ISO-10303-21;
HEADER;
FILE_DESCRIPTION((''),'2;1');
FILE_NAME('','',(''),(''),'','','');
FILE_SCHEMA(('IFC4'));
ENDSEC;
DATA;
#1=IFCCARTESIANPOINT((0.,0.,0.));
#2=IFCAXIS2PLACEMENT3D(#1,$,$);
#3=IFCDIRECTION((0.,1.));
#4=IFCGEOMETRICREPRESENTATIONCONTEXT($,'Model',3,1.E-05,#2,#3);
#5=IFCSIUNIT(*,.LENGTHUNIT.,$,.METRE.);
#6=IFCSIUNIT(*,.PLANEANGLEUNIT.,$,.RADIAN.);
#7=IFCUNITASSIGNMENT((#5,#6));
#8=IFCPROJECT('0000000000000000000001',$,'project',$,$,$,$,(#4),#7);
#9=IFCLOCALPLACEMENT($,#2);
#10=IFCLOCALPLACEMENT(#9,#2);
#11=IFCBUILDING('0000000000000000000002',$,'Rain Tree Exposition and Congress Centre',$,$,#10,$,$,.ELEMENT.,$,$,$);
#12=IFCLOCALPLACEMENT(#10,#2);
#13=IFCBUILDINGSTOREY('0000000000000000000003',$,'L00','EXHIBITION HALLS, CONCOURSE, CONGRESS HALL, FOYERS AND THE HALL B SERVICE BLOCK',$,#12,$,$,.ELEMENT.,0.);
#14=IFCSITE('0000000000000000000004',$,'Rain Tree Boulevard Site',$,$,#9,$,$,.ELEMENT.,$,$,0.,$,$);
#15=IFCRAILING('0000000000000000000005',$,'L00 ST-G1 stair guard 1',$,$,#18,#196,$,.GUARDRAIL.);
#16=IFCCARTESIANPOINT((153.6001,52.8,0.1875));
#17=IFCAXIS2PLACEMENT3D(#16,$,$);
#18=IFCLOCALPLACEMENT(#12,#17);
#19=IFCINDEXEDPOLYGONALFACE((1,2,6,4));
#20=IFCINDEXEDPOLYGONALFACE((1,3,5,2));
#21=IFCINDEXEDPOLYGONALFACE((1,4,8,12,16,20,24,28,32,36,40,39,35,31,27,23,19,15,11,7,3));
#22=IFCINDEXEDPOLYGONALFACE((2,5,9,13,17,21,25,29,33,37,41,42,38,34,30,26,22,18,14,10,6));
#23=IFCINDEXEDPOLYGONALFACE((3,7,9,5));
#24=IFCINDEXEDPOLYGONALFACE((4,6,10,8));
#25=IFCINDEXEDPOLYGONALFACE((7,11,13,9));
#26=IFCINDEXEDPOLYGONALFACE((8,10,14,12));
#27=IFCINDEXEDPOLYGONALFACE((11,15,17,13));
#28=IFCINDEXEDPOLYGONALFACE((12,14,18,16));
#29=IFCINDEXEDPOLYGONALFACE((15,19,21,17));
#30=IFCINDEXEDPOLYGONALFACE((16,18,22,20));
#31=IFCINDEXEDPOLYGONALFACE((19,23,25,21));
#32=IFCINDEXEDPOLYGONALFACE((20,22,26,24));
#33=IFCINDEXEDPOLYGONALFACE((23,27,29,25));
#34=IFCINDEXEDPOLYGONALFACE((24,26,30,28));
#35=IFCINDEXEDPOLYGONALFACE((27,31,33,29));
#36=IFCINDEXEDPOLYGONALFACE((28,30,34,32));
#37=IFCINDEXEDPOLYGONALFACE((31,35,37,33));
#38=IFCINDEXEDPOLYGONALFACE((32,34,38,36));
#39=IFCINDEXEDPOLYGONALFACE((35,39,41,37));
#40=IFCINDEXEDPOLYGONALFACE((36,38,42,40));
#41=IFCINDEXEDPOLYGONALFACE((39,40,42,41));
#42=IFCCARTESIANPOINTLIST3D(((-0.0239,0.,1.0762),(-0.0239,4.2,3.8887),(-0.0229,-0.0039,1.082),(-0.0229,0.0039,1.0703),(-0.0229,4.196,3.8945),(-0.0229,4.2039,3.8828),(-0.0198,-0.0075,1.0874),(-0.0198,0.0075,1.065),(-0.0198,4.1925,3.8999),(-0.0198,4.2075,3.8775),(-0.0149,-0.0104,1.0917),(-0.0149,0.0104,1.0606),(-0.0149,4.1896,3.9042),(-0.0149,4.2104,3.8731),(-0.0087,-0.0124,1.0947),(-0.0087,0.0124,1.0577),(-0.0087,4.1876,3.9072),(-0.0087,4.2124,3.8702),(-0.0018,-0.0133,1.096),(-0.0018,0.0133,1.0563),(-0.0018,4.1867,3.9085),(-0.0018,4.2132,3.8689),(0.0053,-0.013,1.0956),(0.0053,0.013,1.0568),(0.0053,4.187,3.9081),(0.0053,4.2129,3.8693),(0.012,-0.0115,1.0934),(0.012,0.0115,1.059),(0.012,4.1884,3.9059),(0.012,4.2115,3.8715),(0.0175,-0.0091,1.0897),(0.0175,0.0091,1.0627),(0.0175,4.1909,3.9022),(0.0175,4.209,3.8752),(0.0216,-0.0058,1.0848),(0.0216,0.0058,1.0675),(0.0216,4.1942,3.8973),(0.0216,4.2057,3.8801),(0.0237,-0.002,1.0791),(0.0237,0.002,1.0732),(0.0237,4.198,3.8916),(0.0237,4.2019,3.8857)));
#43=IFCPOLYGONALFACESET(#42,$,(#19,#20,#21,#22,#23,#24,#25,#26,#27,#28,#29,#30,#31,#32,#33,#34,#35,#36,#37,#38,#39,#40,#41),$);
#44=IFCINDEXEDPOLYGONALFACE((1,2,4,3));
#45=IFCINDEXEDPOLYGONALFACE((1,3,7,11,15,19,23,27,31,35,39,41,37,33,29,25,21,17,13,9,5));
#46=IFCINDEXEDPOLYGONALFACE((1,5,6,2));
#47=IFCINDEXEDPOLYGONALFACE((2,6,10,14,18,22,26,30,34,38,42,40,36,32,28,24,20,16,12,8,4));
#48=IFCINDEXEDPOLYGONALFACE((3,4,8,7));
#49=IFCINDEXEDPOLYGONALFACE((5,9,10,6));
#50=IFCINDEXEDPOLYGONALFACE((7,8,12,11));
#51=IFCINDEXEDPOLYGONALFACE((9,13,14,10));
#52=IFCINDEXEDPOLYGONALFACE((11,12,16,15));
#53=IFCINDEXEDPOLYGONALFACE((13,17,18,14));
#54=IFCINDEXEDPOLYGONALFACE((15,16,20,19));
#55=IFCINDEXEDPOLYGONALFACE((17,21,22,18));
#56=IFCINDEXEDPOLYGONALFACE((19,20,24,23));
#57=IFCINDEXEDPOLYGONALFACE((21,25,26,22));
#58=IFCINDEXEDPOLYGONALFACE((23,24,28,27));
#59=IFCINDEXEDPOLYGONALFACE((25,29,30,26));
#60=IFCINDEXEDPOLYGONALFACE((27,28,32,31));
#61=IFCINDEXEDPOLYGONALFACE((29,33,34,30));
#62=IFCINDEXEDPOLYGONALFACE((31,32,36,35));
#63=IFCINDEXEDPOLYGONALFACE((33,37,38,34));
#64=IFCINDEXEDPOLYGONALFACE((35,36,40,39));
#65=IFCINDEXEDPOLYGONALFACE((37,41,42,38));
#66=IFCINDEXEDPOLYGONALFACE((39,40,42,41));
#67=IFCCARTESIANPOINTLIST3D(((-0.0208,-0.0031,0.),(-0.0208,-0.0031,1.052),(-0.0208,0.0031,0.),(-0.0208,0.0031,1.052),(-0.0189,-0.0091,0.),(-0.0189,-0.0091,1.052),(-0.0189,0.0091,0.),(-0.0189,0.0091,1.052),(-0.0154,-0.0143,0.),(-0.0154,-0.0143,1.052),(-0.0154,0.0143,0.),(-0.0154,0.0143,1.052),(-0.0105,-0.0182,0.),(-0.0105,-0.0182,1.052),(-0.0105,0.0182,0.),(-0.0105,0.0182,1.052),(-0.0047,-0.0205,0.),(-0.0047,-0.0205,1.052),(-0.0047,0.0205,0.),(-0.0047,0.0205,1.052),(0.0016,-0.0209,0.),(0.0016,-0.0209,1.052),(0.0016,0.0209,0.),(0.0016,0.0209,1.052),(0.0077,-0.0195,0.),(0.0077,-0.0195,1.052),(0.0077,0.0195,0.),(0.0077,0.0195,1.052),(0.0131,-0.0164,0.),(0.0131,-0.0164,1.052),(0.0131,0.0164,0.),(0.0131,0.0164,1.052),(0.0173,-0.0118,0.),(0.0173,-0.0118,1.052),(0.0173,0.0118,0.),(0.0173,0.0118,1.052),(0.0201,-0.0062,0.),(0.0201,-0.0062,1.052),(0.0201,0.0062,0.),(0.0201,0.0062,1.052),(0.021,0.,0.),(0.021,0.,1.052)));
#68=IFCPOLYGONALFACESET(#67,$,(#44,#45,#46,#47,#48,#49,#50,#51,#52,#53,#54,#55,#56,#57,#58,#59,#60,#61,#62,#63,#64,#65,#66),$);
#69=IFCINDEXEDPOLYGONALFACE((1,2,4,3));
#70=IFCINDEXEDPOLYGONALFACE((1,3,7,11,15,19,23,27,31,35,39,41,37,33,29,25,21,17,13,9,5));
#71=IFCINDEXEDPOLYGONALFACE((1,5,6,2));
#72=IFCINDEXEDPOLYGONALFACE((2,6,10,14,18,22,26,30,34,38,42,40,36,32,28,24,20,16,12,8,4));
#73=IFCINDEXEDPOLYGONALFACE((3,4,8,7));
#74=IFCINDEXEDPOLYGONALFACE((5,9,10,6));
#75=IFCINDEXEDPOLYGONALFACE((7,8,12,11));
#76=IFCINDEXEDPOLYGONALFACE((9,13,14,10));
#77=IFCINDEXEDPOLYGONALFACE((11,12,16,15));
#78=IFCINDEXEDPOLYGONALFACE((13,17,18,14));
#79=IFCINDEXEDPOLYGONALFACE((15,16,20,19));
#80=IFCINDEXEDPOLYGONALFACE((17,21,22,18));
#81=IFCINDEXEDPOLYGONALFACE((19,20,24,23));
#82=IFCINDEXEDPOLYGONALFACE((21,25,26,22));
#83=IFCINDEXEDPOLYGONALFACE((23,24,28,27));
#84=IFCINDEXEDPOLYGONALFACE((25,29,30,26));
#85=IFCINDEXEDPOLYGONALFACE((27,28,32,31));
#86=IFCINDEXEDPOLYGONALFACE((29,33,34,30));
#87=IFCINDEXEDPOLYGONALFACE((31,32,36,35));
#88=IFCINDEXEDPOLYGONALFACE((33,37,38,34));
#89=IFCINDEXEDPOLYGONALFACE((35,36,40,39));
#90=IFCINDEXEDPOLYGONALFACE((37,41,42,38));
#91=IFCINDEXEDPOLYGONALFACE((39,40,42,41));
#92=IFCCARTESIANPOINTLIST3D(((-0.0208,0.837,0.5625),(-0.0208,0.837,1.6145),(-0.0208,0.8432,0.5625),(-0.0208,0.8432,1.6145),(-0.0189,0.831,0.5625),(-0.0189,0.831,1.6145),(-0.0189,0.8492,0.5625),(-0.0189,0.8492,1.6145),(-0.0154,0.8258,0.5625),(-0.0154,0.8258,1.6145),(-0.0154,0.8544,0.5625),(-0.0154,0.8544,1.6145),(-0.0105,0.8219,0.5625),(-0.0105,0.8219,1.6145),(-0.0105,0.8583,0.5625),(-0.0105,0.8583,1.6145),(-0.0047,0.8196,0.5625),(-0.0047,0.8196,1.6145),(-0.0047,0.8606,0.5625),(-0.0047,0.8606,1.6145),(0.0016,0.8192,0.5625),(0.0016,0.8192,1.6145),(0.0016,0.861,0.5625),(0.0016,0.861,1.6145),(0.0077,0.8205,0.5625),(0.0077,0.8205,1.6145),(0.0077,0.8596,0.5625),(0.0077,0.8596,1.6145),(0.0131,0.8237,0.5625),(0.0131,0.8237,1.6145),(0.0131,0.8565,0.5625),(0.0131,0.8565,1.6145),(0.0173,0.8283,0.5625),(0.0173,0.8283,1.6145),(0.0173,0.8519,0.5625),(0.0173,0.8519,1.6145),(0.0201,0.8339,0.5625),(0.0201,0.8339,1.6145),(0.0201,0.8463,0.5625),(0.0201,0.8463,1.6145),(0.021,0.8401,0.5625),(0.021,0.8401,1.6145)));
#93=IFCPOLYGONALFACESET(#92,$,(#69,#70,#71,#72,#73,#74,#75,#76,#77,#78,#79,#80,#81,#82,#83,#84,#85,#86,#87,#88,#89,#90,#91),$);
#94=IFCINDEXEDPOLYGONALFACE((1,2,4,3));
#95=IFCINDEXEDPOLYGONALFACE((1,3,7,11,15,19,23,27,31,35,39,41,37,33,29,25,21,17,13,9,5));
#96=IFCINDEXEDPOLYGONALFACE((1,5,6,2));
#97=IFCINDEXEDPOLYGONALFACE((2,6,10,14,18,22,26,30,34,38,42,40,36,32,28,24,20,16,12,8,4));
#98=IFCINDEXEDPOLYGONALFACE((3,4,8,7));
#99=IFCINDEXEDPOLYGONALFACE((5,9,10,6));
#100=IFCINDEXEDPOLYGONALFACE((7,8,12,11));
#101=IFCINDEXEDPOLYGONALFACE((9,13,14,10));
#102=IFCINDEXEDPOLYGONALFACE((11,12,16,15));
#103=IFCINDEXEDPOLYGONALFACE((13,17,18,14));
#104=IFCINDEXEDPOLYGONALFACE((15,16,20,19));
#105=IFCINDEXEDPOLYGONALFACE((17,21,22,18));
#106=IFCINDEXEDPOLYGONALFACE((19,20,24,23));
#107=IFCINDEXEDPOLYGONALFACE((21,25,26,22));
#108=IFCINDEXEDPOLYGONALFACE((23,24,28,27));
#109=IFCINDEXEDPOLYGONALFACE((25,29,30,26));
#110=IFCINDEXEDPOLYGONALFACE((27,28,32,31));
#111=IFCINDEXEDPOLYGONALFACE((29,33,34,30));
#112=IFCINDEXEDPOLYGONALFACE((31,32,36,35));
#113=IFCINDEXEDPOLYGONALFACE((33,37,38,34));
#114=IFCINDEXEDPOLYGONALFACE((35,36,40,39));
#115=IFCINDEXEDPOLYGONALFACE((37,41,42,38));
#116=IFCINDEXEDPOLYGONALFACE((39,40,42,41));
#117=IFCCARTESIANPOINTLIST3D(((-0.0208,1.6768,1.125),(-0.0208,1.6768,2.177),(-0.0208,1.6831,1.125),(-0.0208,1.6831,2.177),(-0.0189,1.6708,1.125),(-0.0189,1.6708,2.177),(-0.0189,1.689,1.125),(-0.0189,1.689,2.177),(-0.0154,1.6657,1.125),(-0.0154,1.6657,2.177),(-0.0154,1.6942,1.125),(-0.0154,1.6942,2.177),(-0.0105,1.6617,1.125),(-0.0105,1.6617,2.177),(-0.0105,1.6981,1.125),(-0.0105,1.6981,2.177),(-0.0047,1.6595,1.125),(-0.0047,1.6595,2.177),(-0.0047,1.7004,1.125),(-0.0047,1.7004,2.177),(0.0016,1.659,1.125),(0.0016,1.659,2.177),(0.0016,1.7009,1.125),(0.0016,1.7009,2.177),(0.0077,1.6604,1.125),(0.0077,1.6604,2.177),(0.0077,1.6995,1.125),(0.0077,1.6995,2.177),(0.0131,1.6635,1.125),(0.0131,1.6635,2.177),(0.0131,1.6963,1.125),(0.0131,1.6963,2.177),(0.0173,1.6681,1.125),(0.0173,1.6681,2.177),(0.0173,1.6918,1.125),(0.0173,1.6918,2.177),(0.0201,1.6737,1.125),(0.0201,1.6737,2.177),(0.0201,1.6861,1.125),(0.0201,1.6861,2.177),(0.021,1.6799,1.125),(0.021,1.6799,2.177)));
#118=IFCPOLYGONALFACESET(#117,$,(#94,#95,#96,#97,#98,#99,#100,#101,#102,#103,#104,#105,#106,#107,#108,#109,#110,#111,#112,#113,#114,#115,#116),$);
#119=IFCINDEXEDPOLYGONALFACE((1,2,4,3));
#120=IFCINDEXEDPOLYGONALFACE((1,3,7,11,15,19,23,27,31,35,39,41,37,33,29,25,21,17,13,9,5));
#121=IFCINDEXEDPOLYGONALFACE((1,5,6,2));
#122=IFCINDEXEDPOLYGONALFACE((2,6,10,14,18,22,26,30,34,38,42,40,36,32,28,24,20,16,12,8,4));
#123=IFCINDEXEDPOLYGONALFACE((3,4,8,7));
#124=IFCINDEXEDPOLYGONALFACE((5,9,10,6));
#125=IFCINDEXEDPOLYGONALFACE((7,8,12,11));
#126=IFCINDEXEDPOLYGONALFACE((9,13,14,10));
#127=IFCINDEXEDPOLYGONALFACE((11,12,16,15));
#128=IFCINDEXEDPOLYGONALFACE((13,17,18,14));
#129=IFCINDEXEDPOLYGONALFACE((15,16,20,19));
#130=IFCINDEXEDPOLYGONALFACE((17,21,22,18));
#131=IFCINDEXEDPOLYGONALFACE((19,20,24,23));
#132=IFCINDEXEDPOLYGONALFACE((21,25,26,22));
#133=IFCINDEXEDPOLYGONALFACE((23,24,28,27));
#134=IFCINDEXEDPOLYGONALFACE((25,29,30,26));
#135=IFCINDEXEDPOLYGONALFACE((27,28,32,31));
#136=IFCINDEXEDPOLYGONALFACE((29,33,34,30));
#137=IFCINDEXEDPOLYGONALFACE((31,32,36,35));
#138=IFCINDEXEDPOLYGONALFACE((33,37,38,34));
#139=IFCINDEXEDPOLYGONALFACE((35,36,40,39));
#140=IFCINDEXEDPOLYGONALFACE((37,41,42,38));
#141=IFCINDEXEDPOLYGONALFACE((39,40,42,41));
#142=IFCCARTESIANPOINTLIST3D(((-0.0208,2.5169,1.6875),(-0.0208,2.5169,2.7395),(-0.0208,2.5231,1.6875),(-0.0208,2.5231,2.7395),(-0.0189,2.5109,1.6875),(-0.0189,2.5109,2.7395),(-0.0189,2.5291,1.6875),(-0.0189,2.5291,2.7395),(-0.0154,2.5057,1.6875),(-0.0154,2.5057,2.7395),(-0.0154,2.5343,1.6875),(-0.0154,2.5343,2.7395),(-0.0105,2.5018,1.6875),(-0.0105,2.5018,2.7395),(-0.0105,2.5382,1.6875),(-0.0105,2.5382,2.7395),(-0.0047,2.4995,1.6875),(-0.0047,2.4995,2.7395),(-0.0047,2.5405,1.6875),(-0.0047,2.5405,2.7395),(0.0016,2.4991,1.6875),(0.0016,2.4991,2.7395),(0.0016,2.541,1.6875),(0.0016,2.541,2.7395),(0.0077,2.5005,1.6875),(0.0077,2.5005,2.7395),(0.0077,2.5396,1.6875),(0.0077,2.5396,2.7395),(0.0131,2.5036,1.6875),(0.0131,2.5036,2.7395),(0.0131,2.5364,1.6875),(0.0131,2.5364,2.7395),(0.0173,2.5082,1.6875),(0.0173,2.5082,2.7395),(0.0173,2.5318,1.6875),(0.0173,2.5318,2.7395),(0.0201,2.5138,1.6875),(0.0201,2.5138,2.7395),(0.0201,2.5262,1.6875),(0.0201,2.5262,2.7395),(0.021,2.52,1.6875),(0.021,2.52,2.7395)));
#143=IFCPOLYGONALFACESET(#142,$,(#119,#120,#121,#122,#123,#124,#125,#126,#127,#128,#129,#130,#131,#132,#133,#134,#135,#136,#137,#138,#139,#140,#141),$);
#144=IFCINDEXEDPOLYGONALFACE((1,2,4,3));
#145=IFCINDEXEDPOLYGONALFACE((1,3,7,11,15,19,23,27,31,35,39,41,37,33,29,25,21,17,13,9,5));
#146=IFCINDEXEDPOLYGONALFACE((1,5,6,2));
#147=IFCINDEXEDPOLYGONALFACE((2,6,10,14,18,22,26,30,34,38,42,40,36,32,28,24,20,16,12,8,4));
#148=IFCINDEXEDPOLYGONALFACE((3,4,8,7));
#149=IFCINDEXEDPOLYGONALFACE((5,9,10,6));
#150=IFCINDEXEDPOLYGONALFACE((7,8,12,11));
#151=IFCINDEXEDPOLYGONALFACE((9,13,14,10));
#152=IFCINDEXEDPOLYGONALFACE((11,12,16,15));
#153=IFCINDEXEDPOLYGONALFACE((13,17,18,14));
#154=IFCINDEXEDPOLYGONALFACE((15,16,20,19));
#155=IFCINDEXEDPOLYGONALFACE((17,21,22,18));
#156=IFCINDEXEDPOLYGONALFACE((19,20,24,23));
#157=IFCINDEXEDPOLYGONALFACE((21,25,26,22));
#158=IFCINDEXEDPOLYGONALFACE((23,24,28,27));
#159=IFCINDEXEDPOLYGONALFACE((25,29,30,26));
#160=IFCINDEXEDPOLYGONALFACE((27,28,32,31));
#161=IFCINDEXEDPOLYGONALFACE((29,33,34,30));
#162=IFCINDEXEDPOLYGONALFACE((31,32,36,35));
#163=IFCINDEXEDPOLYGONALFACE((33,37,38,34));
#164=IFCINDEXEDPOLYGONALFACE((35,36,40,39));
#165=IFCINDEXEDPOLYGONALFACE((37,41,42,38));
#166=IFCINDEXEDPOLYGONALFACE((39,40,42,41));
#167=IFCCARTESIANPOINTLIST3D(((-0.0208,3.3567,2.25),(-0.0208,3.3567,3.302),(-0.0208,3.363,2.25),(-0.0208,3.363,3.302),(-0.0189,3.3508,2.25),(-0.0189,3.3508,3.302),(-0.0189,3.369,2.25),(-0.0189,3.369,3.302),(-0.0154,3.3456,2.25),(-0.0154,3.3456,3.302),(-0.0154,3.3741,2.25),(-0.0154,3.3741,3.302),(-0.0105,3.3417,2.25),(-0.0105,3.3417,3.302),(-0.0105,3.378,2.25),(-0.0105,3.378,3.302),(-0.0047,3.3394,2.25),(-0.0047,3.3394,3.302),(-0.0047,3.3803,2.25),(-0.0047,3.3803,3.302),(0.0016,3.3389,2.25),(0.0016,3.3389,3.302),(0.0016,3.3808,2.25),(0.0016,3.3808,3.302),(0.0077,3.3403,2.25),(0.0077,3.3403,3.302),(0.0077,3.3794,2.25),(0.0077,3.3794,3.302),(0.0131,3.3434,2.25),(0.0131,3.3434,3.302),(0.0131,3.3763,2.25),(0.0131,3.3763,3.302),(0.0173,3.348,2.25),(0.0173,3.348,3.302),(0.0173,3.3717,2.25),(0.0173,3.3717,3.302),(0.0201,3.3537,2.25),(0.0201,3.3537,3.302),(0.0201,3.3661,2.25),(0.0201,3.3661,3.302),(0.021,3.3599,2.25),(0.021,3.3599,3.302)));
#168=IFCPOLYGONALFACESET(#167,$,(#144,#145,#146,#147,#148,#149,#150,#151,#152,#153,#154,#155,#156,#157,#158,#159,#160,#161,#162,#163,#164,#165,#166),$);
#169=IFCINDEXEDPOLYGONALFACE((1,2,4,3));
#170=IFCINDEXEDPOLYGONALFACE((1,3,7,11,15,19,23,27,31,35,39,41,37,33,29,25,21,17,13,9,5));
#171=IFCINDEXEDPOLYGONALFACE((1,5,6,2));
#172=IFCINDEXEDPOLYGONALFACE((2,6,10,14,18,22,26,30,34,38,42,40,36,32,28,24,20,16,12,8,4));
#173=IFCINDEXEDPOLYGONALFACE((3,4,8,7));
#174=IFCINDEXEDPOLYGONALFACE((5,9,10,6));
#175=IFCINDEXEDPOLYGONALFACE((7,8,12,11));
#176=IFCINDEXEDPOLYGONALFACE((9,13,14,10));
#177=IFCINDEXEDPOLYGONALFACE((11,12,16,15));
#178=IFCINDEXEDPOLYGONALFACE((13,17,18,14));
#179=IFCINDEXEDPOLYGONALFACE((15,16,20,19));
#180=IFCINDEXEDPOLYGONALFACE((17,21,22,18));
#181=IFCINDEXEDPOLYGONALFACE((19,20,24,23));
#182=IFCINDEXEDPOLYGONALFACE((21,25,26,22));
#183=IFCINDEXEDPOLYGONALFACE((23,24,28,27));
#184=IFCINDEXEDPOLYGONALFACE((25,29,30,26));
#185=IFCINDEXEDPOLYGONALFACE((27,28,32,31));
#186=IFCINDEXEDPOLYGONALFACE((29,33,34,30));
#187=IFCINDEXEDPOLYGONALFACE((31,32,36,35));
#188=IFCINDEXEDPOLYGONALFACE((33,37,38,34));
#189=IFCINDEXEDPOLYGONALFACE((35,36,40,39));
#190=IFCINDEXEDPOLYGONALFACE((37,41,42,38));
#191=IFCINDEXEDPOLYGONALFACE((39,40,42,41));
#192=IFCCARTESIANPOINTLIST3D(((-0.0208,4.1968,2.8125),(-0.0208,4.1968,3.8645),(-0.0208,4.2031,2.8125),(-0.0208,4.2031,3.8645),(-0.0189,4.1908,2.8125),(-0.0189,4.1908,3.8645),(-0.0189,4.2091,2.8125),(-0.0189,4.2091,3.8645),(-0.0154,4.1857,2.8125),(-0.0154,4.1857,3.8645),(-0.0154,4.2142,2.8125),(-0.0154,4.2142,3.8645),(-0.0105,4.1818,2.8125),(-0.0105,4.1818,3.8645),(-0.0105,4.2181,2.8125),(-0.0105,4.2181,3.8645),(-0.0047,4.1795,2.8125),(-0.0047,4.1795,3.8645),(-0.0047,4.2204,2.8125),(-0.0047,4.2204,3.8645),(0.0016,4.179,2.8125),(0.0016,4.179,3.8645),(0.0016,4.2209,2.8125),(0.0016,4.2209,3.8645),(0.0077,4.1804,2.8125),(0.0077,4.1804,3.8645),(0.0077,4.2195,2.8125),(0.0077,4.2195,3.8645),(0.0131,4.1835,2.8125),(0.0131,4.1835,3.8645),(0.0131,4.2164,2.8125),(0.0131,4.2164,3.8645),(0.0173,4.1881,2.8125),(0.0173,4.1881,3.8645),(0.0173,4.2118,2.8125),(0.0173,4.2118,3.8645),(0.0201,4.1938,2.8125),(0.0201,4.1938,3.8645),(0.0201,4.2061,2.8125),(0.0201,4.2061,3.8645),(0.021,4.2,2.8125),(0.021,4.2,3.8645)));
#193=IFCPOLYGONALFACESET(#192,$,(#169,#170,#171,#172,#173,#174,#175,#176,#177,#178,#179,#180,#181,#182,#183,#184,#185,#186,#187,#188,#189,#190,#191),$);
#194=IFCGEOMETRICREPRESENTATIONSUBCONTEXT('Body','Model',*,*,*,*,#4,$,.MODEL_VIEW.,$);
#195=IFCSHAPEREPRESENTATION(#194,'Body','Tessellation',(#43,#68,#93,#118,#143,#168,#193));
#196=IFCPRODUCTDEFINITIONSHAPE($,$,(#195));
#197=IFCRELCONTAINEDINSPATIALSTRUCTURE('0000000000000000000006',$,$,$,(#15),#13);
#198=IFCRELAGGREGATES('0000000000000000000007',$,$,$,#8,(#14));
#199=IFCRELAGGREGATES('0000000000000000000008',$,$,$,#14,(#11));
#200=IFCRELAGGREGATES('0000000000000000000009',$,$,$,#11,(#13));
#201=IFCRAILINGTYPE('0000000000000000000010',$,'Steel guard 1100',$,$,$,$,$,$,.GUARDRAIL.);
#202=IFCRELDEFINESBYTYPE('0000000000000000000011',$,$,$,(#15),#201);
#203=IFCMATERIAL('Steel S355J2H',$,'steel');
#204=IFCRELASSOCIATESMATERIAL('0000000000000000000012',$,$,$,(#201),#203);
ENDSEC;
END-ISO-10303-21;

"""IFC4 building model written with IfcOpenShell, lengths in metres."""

from ifc_helpers import new_model, si_unit, direction, frame, origin, origin_2d, place, context, subcontext, project, spatial, circle, extrude, material, type_object, element, save


model = new_model("IFC4")

# Units and contexts
model_context = context("Model", 3, precision=1e-05, world=origin(), true_north=direction((0.0, 1.0)))
body_context = subcontext(model_context, "Body", "Model", "MODEL_VIEW")
ifc_project = project(units=[si_unit("LENGTHUNIT", "METRE"), si_unit("PLANEANGLEUNIT", "RADIAN")], contexts=[model_context])

# Site, building, storey
site_placement = place(None, origin())
site = spatial("IfcSite", under=ifc_project, at=site_placement, Name="Rain Tree Boulevard Site", CompositionType="ELEMENT", RefElevation=0.0)
building_placement = place(site_placement, origin())
building = spatial("IfcBuilding", under=site, at=building_placement, Name="Rain Tree Exposition and Congress Centre", CompositionType="ELEMENT")
storey_placement = place(building_placement, origin())
storey = spatial("IfcBuildingStorey", under=building, at=storey_placement, Name="L00", Description="EXHIBITION HALLS, CONCOURSE, CONGRESS HALL, FOYERS AND THE HALL B SERVICE BLOCK", CompositionType="ELEMENT", Elevation=0.0)

# Railing
ifc_material_1 = material(Name="Steel S355J2H", Category="steel")
railing_type_1 = type_object("IfcRailingType", Name="Steel guard 1100", PredefinedType="GUARDRAIL", material=ifc_material_1)
railing_1_placement = place(storey_placement, frame((153.6001, 52.8, 0.1875)))
element("IfcRailing", 1, at=railing_1_placement, inside=storey, type_object=railing_type_1, Name="L00 ST-G1 stair guard 1", PredefinedType="GUARDRAIL", context=body_context, shape_type="SweptSolid", body=[
    extrude(circle(Radius=0.0239, at=origin_2d()), frame((0.0, 0.0, 1.0762), z_axis=(0.0, 0.830904, 0.556416), x_axis=(-1.0, 0.0, 0.0)), (0.0, 0.0, 1.0), 5.0547),
    extrude(circle(Radius=0.021, at=origin_2d()), origin(), (0.0, 0.0, 1.0), 1.052),
    extrude(circle(Radius=0.021, at=origin_2d()), frame((0.0, 0.8401, 0.5625)), (0.0, 0.0, 1.0), 1.052),
    extrude(circle(Radius=0.021, at=origin_2d()), frame((0.0, 1.6799, 1.125)), (0.0, 0.0, 1.0), 1.052),
    extrude(circle(Radius=0.021, at=origin_2d()), frame((0.0, 2.52, 1.6875)), (0.0, 0.0, 1.0), 1.052),
    extrude(circle(Radius=0.021, at=origin_2d()), frame((0.0, 3.3599, 2.25)), (0.0, 0.0, 1.0), 1.052),
    extrude(circle(Radius=0.021, at=origin_2d()), frame((0.0, 4.2, 2.8125)), (0.0, 0.0, 1.0), 1.052),
])

save(model, "model.ifc")
